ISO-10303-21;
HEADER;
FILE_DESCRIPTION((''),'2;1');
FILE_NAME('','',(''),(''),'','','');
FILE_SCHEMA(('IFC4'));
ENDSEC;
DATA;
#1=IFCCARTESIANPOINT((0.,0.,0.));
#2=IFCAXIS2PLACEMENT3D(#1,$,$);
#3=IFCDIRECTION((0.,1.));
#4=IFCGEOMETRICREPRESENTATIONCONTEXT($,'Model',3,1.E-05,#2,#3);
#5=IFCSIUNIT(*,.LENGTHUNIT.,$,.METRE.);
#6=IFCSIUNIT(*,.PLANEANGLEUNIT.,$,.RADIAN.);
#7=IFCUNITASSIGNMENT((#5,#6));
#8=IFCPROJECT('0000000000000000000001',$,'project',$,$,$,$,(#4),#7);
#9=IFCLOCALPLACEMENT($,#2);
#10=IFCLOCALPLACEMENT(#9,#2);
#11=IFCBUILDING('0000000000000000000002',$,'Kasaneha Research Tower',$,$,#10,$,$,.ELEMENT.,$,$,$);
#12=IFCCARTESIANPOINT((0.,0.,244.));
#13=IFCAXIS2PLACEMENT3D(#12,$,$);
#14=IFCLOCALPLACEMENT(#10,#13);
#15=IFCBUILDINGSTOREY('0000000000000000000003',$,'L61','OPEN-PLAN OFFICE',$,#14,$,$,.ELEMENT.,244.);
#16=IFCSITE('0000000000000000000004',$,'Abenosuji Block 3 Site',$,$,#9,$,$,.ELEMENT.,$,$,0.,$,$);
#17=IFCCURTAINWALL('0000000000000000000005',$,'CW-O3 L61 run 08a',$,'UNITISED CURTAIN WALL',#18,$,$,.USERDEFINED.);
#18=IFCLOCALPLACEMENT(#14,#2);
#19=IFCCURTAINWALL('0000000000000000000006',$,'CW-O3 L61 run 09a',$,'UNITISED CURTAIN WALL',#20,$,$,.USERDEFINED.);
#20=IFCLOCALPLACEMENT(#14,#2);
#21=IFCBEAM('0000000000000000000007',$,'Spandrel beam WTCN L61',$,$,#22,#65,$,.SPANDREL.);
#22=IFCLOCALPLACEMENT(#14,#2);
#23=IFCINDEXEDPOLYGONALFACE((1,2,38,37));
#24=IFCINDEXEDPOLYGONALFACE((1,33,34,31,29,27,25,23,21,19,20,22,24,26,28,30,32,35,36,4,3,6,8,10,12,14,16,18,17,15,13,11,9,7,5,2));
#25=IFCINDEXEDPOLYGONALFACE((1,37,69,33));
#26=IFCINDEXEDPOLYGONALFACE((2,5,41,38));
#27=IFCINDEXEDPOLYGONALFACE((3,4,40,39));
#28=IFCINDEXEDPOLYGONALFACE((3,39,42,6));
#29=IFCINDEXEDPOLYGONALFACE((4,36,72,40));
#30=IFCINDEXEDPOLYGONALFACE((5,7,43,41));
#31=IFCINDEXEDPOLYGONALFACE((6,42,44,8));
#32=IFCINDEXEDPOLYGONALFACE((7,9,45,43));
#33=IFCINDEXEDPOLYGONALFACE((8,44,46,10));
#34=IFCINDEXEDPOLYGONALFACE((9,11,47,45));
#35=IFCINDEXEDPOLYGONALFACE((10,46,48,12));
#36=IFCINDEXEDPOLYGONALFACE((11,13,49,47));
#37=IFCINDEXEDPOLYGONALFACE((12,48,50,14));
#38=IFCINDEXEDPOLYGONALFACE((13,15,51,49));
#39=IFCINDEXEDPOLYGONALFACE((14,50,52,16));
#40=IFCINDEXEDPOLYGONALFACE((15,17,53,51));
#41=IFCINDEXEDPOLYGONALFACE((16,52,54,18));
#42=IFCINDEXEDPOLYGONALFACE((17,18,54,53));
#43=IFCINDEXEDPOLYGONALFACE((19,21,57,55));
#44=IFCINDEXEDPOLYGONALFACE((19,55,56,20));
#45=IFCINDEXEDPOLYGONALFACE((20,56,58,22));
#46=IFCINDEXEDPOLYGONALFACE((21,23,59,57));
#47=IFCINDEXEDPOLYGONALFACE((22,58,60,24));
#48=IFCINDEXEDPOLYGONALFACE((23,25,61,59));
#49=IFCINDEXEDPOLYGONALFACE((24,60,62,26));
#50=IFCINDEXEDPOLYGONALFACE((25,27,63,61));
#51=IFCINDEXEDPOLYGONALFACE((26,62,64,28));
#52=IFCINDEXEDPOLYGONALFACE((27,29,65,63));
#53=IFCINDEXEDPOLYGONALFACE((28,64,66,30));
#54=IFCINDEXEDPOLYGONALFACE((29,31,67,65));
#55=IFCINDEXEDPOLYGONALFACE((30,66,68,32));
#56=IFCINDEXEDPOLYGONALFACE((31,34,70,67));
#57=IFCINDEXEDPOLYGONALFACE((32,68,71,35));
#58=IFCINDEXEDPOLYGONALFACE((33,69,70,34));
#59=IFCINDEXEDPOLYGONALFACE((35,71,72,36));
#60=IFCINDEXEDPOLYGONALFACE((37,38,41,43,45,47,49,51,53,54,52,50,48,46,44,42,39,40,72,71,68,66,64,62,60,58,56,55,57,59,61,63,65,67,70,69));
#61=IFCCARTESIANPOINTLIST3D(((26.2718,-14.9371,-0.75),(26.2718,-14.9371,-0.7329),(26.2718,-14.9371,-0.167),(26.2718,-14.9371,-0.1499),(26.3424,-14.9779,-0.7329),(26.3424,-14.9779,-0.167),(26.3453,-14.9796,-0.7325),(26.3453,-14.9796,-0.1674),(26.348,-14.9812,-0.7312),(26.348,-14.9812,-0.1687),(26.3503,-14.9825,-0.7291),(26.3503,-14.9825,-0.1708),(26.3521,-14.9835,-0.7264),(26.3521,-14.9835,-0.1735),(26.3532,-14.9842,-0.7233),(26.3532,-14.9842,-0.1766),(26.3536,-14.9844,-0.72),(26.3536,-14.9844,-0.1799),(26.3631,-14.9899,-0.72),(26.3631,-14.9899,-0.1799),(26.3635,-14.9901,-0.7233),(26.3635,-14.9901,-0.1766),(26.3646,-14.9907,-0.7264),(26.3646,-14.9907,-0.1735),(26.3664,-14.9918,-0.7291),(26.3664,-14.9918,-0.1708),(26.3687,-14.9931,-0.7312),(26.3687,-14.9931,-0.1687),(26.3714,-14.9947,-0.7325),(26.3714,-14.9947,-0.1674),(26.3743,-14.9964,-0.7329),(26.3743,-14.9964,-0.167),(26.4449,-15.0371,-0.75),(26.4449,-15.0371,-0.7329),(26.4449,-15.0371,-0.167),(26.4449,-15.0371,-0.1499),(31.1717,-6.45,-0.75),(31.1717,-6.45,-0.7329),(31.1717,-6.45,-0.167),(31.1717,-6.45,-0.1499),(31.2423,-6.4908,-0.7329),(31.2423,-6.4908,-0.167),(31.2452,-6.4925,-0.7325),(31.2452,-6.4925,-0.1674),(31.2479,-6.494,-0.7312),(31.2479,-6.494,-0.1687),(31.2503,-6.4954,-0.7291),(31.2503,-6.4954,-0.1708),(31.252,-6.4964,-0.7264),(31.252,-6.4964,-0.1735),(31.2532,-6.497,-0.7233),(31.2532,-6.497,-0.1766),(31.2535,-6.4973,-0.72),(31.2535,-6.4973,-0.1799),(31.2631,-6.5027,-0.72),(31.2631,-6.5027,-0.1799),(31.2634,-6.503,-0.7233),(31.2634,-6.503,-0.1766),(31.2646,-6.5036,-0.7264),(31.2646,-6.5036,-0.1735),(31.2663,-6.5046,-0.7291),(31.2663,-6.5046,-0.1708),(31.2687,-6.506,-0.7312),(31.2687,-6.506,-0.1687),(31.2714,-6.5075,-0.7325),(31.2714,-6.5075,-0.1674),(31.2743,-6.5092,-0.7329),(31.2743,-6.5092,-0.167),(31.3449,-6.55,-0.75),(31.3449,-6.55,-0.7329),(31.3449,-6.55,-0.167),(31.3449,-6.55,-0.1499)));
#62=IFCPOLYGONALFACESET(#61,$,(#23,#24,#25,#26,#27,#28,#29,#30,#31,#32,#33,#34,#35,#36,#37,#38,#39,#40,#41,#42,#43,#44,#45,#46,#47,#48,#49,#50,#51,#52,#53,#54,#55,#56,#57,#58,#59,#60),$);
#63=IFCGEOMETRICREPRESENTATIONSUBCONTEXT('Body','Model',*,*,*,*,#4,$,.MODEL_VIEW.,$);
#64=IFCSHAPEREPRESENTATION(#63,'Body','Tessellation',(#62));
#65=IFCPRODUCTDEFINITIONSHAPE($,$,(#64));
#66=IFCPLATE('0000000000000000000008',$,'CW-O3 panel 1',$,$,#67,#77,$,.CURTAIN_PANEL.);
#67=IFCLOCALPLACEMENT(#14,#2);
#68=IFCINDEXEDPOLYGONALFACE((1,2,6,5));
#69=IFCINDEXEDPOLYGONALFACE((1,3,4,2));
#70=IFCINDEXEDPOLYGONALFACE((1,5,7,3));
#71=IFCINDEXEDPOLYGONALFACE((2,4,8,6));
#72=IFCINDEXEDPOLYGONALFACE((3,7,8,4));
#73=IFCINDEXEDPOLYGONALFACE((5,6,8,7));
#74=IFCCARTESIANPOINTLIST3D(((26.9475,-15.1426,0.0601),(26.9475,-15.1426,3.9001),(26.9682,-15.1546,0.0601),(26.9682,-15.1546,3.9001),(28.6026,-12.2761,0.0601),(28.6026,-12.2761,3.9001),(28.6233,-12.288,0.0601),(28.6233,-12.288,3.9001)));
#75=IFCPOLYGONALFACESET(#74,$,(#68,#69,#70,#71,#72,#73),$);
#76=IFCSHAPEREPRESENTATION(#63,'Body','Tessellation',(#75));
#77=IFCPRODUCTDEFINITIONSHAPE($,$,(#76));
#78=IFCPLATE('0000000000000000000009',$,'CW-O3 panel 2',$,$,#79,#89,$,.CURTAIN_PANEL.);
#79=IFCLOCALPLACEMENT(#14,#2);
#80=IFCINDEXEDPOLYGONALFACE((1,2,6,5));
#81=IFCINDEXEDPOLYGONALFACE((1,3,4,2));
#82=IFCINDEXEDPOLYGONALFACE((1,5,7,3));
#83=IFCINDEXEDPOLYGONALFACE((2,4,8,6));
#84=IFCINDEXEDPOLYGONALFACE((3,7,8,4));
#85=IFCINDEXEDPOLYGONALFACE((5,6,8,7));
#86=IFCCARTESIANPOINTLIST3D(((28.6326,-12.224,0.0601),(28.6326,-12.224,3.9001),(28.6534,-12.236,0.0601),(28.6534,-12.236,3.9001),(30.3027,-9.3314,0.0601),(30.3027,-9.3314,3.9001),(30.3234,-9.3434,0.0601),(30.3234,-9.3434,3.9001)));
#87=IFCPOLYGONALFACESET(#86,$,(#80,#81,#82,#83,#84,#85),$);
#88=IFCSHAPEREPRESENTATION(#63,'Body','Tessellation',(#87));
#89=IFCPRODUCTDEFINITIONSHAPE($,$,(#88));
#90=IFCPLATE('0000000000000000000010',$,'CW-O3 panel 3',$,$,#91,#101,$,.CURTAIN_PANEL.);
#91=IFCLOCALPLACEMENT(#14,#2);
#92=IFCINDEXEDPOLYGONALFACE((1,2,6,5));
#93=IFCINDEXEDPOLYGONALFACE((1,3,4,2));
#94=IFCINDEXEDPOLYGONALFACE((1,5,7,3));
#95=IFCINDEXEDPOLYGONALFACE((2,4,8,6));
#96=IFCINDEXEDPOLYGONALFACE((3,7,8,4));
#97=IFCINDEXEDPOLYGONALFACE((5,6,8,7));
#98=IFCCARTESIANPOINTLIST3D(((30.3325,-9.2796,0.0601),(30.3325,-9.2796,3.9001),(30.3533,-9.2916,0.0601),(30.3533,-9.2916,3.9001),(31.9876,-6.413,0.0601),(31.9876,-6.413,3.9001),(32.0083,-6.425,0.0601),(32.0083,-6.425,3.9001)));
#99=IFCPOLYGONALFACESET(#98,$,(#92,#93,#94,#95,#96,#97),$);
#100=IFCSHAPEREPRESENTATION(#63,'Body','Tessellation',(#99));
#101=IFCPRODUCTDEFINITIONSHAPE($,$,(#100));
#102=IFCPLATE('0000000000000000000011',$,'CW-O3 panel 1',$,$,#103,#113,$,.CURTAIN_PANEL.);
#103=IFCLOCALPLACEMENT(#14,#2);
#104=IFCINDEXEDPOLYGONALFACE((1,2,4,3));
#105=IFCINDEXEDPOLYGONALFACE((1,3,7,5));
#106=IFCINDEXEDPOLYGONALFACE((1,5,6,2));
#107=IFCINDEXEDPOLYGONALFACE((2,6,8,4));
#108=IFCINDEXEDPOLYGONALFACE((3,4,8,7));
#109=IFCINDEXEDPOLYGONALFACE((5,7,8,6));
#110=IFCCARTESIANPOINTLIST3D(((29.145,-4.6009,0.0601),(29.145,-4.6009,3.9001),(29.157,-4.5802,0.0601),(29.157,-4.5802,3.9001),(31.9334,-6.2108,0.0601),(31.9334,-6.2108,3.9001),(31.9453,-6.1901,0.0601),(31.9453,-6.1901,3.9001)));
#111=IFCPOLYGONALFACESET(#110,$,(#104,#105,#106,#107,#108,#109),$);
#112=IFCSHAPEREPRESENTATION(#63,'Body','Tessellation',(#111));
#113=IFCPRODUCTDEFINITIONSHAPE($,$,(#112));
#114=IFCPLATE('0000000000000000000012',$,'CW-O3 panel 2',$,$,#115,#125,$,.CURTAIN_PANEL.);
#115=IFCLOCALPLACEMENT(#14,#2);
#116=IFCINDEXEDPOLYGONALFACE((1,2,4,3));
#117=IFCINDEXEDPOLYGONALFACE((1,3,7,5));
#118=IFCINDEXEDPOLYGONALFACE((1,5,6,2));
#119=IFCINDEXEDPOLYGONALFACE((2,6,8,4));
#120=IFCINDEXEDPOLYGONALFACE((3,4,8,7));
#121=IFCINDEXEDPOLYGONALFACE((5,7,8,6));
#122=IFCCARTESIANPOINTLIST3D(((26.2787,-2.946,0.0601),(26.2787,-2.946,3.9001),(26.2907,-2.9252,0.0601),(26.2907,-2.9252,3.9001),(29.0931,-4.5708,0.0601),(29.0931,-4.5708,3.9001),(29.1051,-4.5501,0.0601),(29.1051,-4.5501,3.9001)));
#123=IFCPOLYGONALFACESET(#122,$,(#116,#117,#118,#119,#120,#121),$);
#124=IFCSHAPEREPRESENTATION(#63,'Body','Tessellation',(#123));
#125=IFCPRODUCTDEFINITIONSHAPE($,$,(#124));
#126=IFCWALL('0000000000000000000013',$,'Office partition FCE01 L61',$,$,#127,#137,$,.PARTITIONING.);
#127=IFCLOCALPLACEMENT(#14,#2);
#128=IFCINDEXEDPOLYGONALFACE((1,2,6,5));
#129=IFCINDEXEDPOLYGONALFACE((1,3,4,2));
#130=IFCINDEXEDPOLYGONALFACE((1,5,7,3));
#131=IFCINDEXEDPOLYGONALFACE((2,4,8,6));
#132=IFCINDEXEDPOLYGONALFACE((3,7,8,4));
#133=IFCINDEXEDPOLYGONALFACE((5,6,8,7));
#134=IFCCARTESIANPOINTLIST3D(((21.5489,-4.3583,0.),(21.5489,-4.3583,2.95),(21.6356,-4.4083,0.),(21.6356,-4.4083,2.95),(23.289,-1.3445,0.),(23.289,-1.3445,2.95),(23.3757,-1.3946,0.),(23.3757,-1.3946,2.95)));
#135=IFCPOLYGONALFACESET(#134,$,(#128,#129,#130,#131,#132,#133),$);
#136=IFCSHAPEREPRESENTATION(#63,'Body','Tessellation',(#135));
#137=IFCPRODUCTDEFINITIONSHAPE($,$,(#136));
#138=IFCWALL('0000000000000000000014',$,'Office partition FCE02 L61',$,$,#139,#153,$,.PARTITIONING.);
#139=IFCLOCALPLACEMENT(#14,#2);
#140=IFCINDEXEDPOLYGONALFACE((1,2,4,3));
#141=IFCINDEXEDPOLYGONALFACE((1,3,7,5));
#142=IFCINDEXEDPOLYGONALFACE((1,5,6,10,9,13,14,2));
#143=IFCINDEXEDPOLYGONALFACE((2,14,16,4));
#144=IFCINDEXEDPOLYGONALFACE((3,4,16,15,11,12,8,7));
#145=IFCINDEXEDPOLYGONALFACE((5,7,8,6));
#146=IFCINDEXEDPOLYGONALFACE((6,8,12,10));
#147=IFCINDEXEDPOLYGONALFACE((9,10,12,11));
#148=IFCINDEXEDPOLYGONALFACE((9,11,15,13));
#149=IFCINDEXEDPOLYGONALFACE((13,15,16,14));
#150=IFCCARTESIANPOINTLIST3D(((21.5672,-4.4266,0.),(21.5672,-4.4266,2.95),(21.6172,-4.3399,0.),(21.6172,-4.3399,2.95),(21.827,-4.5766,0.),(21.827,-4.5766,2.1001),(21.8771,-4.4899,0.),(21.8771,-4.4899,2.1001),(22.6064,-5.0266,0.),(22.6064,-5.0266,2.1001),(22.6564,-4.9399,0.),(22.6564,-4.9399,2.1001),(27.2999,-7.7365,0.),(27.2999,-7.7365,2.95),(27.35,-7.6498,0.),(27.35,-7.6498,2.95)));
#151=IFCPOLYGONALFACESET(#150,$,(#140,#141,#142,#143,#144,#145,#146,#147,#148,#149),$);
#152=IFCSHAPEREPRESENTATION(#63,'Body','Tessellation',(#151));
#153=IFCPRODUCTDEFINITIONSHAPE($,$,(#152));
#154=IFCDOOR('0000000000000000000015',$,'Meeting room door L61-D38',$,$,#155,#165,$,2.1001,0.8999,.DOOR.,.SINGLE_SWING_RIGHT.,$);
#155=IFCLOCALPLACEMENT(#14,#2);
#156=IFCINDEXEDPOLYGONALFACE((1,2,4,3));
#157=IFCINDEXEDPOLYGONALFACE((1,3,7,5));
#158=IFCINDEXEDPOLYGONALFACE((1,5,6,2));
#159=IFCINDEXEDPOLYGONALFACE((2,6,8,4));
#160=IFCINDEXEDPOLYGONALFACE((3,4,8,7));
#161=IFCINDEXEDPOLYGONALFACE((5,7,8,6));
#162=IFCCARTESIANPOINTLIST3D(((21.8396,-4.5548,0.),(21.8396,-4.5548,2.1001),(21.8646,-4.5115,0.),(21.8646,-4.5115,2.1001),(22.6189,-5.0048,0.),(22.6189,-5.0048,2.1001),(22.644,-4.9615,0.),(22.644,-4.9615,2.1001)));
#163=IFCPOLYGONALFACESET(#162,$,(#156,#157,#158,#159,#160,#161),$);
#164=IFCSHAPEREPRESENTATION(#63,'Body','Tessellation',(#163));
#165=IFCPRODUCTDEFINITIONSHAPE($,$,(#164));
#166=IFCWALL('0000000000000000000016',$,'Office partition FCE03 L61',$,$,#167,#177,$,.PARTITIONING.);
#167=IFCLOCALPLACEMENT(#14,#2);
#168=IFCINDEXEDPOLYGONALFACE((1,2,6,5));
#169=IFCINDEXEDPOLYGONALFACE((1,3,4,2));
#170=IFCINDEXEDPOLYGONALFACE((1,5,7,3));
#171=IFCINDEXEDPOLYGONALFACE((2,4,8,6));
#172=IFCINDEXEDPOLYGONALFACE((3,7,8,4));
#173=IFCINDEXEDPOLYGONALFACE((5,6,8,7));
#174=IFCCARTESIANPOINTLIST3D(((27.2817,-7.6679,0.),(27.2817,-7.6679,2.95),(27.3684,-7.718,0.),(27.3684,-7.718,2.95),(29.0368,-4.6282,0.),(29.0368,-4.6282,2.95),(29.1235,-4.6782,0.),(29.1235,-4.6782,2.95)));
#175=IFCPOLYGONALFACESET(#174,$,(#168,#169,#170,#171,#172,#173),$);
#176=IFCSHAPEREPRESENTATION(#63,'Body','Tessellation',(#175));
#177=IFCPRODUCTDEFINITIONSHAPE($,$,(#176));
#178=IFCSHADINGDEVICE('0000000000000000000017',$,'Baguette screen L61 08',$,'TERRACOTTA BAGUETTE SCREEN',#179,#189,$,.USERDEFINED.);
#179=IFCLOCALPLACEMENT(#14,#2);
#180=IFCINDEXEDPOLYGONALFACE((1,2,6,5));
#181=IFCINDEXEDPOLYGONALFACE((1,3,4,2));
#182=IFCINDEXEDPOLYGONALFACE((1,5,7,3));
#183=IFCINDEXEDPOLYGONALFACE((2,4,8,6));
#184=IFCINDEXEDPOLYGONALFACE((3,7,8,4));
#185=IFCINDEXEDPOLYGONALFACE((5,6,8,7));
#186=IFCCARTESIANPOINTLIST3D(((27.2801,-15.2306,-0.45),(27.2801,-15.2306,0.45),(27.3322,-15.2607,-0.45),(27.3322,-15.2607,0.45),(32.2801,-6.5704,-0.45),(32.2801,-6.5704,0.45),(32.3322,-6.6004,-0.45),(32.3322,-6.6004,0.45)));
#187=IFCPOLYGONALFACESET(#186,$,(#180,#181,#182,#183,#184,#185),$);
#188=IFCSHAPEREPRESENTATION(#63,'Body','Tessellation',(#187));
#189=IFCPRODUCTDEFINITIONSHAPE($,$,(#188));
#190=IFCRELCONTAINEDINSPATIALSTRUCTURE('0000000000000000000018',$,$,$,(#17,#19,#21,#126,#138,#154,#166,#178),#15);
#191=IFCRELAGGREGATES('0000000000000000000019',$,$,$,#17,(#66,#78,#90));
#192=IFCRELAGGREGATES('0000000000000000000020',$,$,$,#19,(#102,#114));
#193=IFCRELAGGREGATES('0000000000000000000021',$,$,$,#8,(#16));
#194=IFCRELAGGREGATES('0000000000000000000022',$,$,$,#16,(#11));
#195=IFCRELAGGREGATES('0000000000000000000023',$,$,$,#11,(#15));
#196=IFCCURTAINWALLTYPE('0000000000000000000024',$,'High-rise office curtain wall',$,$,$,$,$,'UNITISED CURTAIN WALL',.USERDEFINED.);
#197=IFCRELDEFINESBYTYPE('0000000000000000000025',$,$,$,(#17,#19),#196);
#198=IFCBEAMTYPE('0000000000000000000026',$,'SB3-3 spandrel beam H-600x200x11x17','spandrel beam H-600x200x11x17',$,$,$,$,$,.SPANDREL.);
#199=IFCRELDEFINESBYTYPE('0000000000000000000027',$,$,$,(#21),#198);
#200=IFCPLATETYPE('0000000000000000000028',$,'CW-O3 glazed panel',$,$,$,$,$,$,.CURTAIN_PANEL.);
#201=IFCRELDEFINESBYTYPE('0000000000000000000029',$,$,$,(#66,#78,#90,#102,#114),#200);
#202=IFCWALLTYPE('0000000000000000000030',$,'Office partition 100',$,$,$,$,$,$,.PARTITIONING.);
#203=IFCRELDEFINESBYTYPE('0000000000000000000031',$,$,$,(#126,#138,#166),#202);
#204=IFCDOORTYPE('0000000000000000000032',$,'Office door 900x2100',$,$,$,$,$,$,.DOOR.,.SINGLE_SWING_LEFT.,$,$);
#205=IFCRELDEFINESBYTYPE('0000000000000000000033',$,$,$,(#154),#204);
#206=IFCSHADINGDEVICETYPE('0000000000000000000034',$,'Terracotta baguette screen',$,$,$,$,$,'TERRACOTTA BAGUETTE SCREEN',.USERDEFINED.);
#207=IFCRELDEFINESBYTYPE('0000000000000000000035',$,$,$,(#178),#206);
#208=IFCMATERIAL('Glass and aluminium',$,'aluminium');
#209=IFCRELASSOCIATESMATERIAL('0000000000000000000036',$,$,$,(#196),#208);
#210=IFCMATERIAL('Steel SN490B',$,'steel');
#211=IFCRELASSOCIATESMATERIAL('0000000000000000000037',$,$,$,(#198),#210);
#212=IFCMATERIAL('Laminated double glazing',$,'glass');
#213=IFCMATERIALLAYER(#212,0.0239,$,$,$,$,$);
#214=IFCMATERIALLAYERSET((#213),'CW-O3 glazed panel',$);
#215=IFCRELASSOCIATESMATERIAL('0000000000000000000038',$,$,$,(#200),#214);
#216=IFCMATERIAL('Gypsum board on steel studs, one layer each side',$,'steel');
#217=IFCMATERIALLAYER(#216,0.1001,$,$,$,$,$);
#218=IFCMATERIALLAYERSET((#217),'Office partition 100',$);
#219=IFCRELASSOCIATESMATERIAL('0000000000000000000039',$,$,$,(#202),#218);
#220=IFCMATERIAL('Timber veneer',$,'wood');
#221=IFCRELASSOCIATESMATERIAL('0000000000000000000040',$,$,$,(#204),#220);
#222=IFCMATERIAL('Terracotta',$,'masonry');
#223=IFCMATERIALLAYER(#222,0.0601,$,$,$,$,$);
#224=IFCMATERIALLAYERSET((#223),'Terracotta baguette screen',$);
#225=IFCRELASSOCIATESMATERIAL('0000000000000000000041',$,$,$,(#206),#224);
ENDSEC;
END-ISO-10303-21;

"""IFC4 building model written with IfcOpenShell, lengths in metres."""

from ifc_helpers import new_model, si_unit, direction, frame, frame_2d, origin, origin_2d, place, context, subcontext, project, spatial, rectangle, i_section, extrude, material, layer, layer_set, material_profile, profile_set, type_object, element, fill, aggregate, save


model = new_model("IFC4")

# Units and contexts
model_context = context("Model", 3, precision=1e-05, world=origin(), true_north=direction((0.0, 1.0)))
body_context = subcontext(model_context, "Body", "Model", "MODEL_VIEW")
ifc_project = project(units=[si_unit("LENGTHUNIT", "METRE"), si_unit("PLANEANGLEUNIT", "RADIAN")], contexts=[model_context])

# Site, building, storey
site_placement = place(None, origin())
site = spatial("IfcSite", under=ifc_project, at=site_placement, Name="Abenosuji Block 3 Site", CompositionType="ELEMENT", RefElevation=0.0)
building_placement = place(site_placement, origin())
building = spatial("IfcBuilding", under=site, at=building_placement, Name="Kasaneha Research Tower", CompositionType="ELEMENT")
storey_placement = place(building_placement, frame((0.0, 0.0, 244.0)))
storey = spatial("IfcBuildingStorey", under=building, at=storey_placement, Name="L61", Description="OPEN-PLAN OFFICE", CompositionType="ELEMENT", Elevation=244.0)

# Curtain walls
ifc_material_1 = material(Name="Glass and aluminium", Category="aluminium")
curtain_wall_type = type_object("IfcCurtainWallType", Name="High-rise office curtain wall", ElementType="UNITISED CURTAIN WALL", PredefinedType="USERDEFINED", material=ifc_material_1)
curtain_wall_1_placement = place(storey_placement, origin())
curtain_wall_1 = element("IfcCurtainWall", 1, at=curtain_wall_1_placement, inside=storey, type_object=curtain_wall_type, Name="CW-O3 L61 run 08a", ObjectType="UNITISED CURTAIN WALL", PredefinedType="USERDEFINED")
curtain_wall_2_placement = place(storey_placement, origin())
curtain_wall_2 = element("IfcCurtainWall", 2, at=curtain_wall_2_placement, inside=storey, type_object=curtain_wall_type, Name="CW-O3 L61 run 09a", ObjectType="UNITISED CURTAIN WALL", PredefinedType="USERDEFINED")

# Beam
ifc_material_2 = material(Name="Steel SN490B", Category="steel")
ifc_material_profile_1 = material_profile(ifc_material_2, i_section(OverallWidth=0.2, OverallDepth=0.6001, WebThickness=0.011, FlangeThickness=0.0171, FilletRadius=0.0129, at=origin_2d()), Name="H-600x200x11x17")
ifc_profile_set_1 = profile_set([ifc_material_profile_1], Name="Steel SN490B")
beam_type_1 = type_object("IfcBeamType", Name="SB3-3 spandrel beam H-600x200x11x17", Description="spandrel beam H-600x200x11x17", PredefinedType="SPANDREL", material=ifc_profile_set_1)
beam_1_placement = place(storey_placement, frame((31.2583, -6.5, -0.45), z_axis=(-0.499992, -0.86603, 0.0), x_axis=(0.86603, -0.499992, 0.0)))
element("IfcBeam", 3, at=beam_1_placement, inside=storey, type_object=beam_type_1, Name="Spandrel beam WTCN L61", PredefinedType="SPANDREL", context=body_context, shape_type="SweptSolid", body=[
    extrude(i_section(OverallWidth=0.2, OverallDepth=0.6001, WebThickness=0.011, FlangeThickness=0.0171, FilletRadius=0.0129, at=origin_2d()), origin(), (0.0, 0.0, 1.0), 9.8),
])

# Plates
ifc_material_3 = material(Name="Laminated double glazing", Category="glass")
ifc_layer_1 = layer(ifc_material_3, 0.0239)
ifc_layer_set_1 = layer_set([ifc_layer_1], Name="CW-O3 glazed panel")
plate_type = type_object("IfcPlateType", Name="CW-O3 glazed panel", PredefinedType="CURTAIN_PANEL", material=ifc_layer_set_1)
plate_1_placement = place(storey_placement, frame((27.7854, -13.7153, 0.0601), z_axis=(0.0, 0.0, 1.0), x_axis=(0.5, 0.866025, 0.0)))
plate_1 = element("IfcPlate", 4, at=plate_1_placement, type_object=plate_type, Name="CW-O3 panel 1", PredefinedType="CURTAIN_PANEL", context=body_context, shape_type="SweptSolid", body=[
    extrude(rectangle(XDim=3.3101, YDim=0.0239, at=origin_2d()), origin(), (0.0, 0.0, 1.0), 3.8401),
])
plate_2_placement = place(storey_placement, frame((29.478, -10.7837, 0.0601), z_axis=(0.0, 0.0, 1.0), x_axis=(0.5, 0.866025, 0.0)))
plate_2 = element("IfcPlate", 5, at=plate_2_placement, type_object=plate_type, Name="CW-O3 panel 2", PredefinedType="CURTAIN_PANEL", context=body_context, shape_type="SweptSolid", body=[
    extrude(rectangle(XDim=3.3401, YDim=0.0239, at=origin_2d()), origin(), (0.0, 0.0, 1.0), 3.8401),
])
plate_3_placement = place(storey_placement, frame((31.1704, -7.8523, 0.0601), z_axis=(0.0, 0.0, 1.0), x_axis=(0.5, 0.866025, 0.0)))
plate_3 = element("IfcPlate", 6, at=plate_3_placement, type_object=plate_type, Name="CW-O3 panel 3", PredefinedType="CURTAIN_PANEL", context=body_context, shape_type="SweptSolid", body=[
    extrude(rectangle(XDim=3.3101, YDim=0.0239, at=origin_2d()), origin(), (0.0, 0.0, 1.0), 3.8401),
])
aggregate(curtain_wall_1, [plate_1, plate_2, plate_3])
plate_4_placement = place(storey_placement, frame((30.5452, -5.3955, 0.0601), z_axis=(0.0, 0.0, 1.0), x_axis=(-0.866025, 0.5, 0.0)))
plate_4 = element("IfcPlate", 7, at=plate_4_placement, type_object=plate_type, Name="CW-O3 panel 1", PredefinedType="CURTAIN_PANEL", context=body_context, shape_type="SweptSolid", body=[
    extrude(rectangle(XDim=3.2197, YDim=0.0239, at=origin_2d()), origin(), (0.0, 0.0, 1.0), 3.8401),
])
plate_5_placement = place(storey_placement, frame((27.6919, -3.748, 0.0601), z_axis=(0.0, 0.0, 1.0), x_axis=(-0.866025, 0.5, 0.0)))
plate_5 = element("IfcPlate", 8, at=plate_5_placement, type_object=plate_type, Name="CW-O3 panel 2", PredefinedType="CURTAIN_PANEL", context=body_context, shape_type="SweptSolid", body=[
    extrude(rectangle(XDim=3.2498, YDim=0.0239, at=origin_2d()), origin(), (0.0, 0.0, 1.0), 3.8401),
])
aggregate(curtain_wall_2, [plate_4, plate_5])

# Wall
ifc_material_4 = material(Name="Gypsum board on steel studs, one layer each side", Category="steel")
ifc_layer_2 = layer(ifc_material_4, 0.1001)
ifc_layer_set_2 = layer_set([ifc_layer_2], Name="Office partition 100")
wall_type = type_object("IfcWallType", Name="Office partition 100", PredefinedType="PARTITIONING", material=ifc_layer_set_2)
wall_1_placement = place(storey_placement, frame((21.5923, -4.3833, 0.0), z_axis=(0.0, 0.0, 1.0), x_axis=(0.50001, 0.86602, 0.0)))
element("IfcWall", 9, at=wall_1_placement, inside=storey, type_object=wall_type, Name="Office partition FCE01 L61", PredefinedType="PARTITIONING", context=body_context, shape_type="SweptSolid", body=[
    extrude(rectangle(XDim=3.48, YDim=0.1001, at=frame_2d((1.74, 0.0))), origin(), (0.0, 0.0, 1.0), 2.95),
])

# Wall, opening, door
wall_2_placement = place(storey_placement, frame((27.325, -7.6931, 0.0), z_axis=(0.0, 0.0, 1.0), x_axis=(-0.866022, 0.500007, 0.0)))
wall_2 = element("IfcWall", 10, at=wall_2_placement, inside=storey, type_object=wall_type, Name="Office partition FCE02 L61", PredefinedType="PARTITIONING", context=body_context, shape_type="SweptSolid", body=[
    extrude(rectangle(XDim=6.6196, YDim=0.1001, at=frame_2d((3.3098, 0.0))), origin(), (0.0, 0.0, 1.0), 2.95),
])
opening_placement = place(wall_2_placement, frame((5.4197, 0.0, 0.0)))
opening = element("IfcOpeningElement", 11, at=opening_placement, cuts=wall_2, PredefinedType="OPENING", context=body_context, shape_type="SweptSolid", body=[
    extrude(rectangle(XDim=0.8999, YDim=2.1001, at=frame_2d((0.45, 1.05))), frame((0.0, 0.0601, 0.0), z_axis=(0.0, -1.0, 0.0), x_axis=(1.0, 0.0, 0.0)), (0.0, 0.0, 1.0), 0.1201),
])
ifc_material_5 = material(Name="Timber veneer", Category="wood")
door_type = type_object("IfcDoorType", Name="Office door 900x2100", OperationType="SINGLE_SWING_LEFT", PredefinedType="DOOR", material=ifc_material_5)
door_placement = place(opening_placement, origin())
door = element("IfcDoor", 12, at=door_placement, inside=storey, type_object=door_type, Name="Meeting room door L61-D38", OperationType="SINGLE_SWING_RIGHT", OverallHeight=2.1001, OverallWidth=0.8999, PredefinedType="DOOR", context=body_context, shape_type="SweptSolid", body=[
    extrude(rectangle(XDim=0.8999, YDim=2.1001, at=frame_2d((0.45, 1.05))), frame((0.0, 0.0249, 0.0), z_axis=(0.0, -1.0, 0.0), x_axis=(1.0, 0.0, 0.0)), (0.0, 0.0, 1.0), 0.05),
])
fill(opening, door)

# Wall
wall_3_placement = place(storey_placement, frame((29.0801, -4.6533, 0.0), z_axis=(0.0, 0.0, 1.0), x_axis=(-0.500021, -0.866013, 0.0)))
element("IfcWall", 13, at=wall_3_placement, inside=storey, type_object=wall_type, Name="Office partition FCE03 L61", PredefinedType="PARTITIONING", context=body_context, shape_type="SweptSolid", body=[
    extrude(rectangle(XDim=3.51, YDim=0.1001, at=frame_2d((1.7549, 0.0))), origin(), (0.0, 0.0, 1.0), 2.95),
])

# Shading device
ifc_material_6 = material(Name="Terracotta", Category="masonry")
ifc_layer_3 = layer(ifc_material_6, 0.0601)
ifc_layer_set_3 = layer_set([ifc_layer_3], Name="Terracotta baguette screen")
shading_device_type = type_object("IfcShadingDeviceType", Name="Terracotta baguette screen", ElementType="TERRACOTTA BAGUETTE SCREEN", PredefinedType="USERDEFINED", material=ifc_layer_set_3)
shading_device_placement = place(storey_placement, frame((29.8062, -10.9155, -0.45), z_axis=(0.0, 0.0, 1.0), x_axis=(0.5, 0.866025, 0.0)))
element("IfcShadingDevice", 14, at=shading_device_placement, inside=storey, type_object=shading_device_type, Name="Baguette screen L61 08", ObjectType="TERRACOTTA BAGUETTE SCREEN", PredefinedType="USERDEFINED", context=body_context, shape_type="SweptSolid", body=[
    extrude(rectangle(XDim=10.0, YDim=0.0601, at=origin_2d()), origin(), (0.0, 0.0, 1.0), 0.8999),
])

save(model, "model.ifc")
